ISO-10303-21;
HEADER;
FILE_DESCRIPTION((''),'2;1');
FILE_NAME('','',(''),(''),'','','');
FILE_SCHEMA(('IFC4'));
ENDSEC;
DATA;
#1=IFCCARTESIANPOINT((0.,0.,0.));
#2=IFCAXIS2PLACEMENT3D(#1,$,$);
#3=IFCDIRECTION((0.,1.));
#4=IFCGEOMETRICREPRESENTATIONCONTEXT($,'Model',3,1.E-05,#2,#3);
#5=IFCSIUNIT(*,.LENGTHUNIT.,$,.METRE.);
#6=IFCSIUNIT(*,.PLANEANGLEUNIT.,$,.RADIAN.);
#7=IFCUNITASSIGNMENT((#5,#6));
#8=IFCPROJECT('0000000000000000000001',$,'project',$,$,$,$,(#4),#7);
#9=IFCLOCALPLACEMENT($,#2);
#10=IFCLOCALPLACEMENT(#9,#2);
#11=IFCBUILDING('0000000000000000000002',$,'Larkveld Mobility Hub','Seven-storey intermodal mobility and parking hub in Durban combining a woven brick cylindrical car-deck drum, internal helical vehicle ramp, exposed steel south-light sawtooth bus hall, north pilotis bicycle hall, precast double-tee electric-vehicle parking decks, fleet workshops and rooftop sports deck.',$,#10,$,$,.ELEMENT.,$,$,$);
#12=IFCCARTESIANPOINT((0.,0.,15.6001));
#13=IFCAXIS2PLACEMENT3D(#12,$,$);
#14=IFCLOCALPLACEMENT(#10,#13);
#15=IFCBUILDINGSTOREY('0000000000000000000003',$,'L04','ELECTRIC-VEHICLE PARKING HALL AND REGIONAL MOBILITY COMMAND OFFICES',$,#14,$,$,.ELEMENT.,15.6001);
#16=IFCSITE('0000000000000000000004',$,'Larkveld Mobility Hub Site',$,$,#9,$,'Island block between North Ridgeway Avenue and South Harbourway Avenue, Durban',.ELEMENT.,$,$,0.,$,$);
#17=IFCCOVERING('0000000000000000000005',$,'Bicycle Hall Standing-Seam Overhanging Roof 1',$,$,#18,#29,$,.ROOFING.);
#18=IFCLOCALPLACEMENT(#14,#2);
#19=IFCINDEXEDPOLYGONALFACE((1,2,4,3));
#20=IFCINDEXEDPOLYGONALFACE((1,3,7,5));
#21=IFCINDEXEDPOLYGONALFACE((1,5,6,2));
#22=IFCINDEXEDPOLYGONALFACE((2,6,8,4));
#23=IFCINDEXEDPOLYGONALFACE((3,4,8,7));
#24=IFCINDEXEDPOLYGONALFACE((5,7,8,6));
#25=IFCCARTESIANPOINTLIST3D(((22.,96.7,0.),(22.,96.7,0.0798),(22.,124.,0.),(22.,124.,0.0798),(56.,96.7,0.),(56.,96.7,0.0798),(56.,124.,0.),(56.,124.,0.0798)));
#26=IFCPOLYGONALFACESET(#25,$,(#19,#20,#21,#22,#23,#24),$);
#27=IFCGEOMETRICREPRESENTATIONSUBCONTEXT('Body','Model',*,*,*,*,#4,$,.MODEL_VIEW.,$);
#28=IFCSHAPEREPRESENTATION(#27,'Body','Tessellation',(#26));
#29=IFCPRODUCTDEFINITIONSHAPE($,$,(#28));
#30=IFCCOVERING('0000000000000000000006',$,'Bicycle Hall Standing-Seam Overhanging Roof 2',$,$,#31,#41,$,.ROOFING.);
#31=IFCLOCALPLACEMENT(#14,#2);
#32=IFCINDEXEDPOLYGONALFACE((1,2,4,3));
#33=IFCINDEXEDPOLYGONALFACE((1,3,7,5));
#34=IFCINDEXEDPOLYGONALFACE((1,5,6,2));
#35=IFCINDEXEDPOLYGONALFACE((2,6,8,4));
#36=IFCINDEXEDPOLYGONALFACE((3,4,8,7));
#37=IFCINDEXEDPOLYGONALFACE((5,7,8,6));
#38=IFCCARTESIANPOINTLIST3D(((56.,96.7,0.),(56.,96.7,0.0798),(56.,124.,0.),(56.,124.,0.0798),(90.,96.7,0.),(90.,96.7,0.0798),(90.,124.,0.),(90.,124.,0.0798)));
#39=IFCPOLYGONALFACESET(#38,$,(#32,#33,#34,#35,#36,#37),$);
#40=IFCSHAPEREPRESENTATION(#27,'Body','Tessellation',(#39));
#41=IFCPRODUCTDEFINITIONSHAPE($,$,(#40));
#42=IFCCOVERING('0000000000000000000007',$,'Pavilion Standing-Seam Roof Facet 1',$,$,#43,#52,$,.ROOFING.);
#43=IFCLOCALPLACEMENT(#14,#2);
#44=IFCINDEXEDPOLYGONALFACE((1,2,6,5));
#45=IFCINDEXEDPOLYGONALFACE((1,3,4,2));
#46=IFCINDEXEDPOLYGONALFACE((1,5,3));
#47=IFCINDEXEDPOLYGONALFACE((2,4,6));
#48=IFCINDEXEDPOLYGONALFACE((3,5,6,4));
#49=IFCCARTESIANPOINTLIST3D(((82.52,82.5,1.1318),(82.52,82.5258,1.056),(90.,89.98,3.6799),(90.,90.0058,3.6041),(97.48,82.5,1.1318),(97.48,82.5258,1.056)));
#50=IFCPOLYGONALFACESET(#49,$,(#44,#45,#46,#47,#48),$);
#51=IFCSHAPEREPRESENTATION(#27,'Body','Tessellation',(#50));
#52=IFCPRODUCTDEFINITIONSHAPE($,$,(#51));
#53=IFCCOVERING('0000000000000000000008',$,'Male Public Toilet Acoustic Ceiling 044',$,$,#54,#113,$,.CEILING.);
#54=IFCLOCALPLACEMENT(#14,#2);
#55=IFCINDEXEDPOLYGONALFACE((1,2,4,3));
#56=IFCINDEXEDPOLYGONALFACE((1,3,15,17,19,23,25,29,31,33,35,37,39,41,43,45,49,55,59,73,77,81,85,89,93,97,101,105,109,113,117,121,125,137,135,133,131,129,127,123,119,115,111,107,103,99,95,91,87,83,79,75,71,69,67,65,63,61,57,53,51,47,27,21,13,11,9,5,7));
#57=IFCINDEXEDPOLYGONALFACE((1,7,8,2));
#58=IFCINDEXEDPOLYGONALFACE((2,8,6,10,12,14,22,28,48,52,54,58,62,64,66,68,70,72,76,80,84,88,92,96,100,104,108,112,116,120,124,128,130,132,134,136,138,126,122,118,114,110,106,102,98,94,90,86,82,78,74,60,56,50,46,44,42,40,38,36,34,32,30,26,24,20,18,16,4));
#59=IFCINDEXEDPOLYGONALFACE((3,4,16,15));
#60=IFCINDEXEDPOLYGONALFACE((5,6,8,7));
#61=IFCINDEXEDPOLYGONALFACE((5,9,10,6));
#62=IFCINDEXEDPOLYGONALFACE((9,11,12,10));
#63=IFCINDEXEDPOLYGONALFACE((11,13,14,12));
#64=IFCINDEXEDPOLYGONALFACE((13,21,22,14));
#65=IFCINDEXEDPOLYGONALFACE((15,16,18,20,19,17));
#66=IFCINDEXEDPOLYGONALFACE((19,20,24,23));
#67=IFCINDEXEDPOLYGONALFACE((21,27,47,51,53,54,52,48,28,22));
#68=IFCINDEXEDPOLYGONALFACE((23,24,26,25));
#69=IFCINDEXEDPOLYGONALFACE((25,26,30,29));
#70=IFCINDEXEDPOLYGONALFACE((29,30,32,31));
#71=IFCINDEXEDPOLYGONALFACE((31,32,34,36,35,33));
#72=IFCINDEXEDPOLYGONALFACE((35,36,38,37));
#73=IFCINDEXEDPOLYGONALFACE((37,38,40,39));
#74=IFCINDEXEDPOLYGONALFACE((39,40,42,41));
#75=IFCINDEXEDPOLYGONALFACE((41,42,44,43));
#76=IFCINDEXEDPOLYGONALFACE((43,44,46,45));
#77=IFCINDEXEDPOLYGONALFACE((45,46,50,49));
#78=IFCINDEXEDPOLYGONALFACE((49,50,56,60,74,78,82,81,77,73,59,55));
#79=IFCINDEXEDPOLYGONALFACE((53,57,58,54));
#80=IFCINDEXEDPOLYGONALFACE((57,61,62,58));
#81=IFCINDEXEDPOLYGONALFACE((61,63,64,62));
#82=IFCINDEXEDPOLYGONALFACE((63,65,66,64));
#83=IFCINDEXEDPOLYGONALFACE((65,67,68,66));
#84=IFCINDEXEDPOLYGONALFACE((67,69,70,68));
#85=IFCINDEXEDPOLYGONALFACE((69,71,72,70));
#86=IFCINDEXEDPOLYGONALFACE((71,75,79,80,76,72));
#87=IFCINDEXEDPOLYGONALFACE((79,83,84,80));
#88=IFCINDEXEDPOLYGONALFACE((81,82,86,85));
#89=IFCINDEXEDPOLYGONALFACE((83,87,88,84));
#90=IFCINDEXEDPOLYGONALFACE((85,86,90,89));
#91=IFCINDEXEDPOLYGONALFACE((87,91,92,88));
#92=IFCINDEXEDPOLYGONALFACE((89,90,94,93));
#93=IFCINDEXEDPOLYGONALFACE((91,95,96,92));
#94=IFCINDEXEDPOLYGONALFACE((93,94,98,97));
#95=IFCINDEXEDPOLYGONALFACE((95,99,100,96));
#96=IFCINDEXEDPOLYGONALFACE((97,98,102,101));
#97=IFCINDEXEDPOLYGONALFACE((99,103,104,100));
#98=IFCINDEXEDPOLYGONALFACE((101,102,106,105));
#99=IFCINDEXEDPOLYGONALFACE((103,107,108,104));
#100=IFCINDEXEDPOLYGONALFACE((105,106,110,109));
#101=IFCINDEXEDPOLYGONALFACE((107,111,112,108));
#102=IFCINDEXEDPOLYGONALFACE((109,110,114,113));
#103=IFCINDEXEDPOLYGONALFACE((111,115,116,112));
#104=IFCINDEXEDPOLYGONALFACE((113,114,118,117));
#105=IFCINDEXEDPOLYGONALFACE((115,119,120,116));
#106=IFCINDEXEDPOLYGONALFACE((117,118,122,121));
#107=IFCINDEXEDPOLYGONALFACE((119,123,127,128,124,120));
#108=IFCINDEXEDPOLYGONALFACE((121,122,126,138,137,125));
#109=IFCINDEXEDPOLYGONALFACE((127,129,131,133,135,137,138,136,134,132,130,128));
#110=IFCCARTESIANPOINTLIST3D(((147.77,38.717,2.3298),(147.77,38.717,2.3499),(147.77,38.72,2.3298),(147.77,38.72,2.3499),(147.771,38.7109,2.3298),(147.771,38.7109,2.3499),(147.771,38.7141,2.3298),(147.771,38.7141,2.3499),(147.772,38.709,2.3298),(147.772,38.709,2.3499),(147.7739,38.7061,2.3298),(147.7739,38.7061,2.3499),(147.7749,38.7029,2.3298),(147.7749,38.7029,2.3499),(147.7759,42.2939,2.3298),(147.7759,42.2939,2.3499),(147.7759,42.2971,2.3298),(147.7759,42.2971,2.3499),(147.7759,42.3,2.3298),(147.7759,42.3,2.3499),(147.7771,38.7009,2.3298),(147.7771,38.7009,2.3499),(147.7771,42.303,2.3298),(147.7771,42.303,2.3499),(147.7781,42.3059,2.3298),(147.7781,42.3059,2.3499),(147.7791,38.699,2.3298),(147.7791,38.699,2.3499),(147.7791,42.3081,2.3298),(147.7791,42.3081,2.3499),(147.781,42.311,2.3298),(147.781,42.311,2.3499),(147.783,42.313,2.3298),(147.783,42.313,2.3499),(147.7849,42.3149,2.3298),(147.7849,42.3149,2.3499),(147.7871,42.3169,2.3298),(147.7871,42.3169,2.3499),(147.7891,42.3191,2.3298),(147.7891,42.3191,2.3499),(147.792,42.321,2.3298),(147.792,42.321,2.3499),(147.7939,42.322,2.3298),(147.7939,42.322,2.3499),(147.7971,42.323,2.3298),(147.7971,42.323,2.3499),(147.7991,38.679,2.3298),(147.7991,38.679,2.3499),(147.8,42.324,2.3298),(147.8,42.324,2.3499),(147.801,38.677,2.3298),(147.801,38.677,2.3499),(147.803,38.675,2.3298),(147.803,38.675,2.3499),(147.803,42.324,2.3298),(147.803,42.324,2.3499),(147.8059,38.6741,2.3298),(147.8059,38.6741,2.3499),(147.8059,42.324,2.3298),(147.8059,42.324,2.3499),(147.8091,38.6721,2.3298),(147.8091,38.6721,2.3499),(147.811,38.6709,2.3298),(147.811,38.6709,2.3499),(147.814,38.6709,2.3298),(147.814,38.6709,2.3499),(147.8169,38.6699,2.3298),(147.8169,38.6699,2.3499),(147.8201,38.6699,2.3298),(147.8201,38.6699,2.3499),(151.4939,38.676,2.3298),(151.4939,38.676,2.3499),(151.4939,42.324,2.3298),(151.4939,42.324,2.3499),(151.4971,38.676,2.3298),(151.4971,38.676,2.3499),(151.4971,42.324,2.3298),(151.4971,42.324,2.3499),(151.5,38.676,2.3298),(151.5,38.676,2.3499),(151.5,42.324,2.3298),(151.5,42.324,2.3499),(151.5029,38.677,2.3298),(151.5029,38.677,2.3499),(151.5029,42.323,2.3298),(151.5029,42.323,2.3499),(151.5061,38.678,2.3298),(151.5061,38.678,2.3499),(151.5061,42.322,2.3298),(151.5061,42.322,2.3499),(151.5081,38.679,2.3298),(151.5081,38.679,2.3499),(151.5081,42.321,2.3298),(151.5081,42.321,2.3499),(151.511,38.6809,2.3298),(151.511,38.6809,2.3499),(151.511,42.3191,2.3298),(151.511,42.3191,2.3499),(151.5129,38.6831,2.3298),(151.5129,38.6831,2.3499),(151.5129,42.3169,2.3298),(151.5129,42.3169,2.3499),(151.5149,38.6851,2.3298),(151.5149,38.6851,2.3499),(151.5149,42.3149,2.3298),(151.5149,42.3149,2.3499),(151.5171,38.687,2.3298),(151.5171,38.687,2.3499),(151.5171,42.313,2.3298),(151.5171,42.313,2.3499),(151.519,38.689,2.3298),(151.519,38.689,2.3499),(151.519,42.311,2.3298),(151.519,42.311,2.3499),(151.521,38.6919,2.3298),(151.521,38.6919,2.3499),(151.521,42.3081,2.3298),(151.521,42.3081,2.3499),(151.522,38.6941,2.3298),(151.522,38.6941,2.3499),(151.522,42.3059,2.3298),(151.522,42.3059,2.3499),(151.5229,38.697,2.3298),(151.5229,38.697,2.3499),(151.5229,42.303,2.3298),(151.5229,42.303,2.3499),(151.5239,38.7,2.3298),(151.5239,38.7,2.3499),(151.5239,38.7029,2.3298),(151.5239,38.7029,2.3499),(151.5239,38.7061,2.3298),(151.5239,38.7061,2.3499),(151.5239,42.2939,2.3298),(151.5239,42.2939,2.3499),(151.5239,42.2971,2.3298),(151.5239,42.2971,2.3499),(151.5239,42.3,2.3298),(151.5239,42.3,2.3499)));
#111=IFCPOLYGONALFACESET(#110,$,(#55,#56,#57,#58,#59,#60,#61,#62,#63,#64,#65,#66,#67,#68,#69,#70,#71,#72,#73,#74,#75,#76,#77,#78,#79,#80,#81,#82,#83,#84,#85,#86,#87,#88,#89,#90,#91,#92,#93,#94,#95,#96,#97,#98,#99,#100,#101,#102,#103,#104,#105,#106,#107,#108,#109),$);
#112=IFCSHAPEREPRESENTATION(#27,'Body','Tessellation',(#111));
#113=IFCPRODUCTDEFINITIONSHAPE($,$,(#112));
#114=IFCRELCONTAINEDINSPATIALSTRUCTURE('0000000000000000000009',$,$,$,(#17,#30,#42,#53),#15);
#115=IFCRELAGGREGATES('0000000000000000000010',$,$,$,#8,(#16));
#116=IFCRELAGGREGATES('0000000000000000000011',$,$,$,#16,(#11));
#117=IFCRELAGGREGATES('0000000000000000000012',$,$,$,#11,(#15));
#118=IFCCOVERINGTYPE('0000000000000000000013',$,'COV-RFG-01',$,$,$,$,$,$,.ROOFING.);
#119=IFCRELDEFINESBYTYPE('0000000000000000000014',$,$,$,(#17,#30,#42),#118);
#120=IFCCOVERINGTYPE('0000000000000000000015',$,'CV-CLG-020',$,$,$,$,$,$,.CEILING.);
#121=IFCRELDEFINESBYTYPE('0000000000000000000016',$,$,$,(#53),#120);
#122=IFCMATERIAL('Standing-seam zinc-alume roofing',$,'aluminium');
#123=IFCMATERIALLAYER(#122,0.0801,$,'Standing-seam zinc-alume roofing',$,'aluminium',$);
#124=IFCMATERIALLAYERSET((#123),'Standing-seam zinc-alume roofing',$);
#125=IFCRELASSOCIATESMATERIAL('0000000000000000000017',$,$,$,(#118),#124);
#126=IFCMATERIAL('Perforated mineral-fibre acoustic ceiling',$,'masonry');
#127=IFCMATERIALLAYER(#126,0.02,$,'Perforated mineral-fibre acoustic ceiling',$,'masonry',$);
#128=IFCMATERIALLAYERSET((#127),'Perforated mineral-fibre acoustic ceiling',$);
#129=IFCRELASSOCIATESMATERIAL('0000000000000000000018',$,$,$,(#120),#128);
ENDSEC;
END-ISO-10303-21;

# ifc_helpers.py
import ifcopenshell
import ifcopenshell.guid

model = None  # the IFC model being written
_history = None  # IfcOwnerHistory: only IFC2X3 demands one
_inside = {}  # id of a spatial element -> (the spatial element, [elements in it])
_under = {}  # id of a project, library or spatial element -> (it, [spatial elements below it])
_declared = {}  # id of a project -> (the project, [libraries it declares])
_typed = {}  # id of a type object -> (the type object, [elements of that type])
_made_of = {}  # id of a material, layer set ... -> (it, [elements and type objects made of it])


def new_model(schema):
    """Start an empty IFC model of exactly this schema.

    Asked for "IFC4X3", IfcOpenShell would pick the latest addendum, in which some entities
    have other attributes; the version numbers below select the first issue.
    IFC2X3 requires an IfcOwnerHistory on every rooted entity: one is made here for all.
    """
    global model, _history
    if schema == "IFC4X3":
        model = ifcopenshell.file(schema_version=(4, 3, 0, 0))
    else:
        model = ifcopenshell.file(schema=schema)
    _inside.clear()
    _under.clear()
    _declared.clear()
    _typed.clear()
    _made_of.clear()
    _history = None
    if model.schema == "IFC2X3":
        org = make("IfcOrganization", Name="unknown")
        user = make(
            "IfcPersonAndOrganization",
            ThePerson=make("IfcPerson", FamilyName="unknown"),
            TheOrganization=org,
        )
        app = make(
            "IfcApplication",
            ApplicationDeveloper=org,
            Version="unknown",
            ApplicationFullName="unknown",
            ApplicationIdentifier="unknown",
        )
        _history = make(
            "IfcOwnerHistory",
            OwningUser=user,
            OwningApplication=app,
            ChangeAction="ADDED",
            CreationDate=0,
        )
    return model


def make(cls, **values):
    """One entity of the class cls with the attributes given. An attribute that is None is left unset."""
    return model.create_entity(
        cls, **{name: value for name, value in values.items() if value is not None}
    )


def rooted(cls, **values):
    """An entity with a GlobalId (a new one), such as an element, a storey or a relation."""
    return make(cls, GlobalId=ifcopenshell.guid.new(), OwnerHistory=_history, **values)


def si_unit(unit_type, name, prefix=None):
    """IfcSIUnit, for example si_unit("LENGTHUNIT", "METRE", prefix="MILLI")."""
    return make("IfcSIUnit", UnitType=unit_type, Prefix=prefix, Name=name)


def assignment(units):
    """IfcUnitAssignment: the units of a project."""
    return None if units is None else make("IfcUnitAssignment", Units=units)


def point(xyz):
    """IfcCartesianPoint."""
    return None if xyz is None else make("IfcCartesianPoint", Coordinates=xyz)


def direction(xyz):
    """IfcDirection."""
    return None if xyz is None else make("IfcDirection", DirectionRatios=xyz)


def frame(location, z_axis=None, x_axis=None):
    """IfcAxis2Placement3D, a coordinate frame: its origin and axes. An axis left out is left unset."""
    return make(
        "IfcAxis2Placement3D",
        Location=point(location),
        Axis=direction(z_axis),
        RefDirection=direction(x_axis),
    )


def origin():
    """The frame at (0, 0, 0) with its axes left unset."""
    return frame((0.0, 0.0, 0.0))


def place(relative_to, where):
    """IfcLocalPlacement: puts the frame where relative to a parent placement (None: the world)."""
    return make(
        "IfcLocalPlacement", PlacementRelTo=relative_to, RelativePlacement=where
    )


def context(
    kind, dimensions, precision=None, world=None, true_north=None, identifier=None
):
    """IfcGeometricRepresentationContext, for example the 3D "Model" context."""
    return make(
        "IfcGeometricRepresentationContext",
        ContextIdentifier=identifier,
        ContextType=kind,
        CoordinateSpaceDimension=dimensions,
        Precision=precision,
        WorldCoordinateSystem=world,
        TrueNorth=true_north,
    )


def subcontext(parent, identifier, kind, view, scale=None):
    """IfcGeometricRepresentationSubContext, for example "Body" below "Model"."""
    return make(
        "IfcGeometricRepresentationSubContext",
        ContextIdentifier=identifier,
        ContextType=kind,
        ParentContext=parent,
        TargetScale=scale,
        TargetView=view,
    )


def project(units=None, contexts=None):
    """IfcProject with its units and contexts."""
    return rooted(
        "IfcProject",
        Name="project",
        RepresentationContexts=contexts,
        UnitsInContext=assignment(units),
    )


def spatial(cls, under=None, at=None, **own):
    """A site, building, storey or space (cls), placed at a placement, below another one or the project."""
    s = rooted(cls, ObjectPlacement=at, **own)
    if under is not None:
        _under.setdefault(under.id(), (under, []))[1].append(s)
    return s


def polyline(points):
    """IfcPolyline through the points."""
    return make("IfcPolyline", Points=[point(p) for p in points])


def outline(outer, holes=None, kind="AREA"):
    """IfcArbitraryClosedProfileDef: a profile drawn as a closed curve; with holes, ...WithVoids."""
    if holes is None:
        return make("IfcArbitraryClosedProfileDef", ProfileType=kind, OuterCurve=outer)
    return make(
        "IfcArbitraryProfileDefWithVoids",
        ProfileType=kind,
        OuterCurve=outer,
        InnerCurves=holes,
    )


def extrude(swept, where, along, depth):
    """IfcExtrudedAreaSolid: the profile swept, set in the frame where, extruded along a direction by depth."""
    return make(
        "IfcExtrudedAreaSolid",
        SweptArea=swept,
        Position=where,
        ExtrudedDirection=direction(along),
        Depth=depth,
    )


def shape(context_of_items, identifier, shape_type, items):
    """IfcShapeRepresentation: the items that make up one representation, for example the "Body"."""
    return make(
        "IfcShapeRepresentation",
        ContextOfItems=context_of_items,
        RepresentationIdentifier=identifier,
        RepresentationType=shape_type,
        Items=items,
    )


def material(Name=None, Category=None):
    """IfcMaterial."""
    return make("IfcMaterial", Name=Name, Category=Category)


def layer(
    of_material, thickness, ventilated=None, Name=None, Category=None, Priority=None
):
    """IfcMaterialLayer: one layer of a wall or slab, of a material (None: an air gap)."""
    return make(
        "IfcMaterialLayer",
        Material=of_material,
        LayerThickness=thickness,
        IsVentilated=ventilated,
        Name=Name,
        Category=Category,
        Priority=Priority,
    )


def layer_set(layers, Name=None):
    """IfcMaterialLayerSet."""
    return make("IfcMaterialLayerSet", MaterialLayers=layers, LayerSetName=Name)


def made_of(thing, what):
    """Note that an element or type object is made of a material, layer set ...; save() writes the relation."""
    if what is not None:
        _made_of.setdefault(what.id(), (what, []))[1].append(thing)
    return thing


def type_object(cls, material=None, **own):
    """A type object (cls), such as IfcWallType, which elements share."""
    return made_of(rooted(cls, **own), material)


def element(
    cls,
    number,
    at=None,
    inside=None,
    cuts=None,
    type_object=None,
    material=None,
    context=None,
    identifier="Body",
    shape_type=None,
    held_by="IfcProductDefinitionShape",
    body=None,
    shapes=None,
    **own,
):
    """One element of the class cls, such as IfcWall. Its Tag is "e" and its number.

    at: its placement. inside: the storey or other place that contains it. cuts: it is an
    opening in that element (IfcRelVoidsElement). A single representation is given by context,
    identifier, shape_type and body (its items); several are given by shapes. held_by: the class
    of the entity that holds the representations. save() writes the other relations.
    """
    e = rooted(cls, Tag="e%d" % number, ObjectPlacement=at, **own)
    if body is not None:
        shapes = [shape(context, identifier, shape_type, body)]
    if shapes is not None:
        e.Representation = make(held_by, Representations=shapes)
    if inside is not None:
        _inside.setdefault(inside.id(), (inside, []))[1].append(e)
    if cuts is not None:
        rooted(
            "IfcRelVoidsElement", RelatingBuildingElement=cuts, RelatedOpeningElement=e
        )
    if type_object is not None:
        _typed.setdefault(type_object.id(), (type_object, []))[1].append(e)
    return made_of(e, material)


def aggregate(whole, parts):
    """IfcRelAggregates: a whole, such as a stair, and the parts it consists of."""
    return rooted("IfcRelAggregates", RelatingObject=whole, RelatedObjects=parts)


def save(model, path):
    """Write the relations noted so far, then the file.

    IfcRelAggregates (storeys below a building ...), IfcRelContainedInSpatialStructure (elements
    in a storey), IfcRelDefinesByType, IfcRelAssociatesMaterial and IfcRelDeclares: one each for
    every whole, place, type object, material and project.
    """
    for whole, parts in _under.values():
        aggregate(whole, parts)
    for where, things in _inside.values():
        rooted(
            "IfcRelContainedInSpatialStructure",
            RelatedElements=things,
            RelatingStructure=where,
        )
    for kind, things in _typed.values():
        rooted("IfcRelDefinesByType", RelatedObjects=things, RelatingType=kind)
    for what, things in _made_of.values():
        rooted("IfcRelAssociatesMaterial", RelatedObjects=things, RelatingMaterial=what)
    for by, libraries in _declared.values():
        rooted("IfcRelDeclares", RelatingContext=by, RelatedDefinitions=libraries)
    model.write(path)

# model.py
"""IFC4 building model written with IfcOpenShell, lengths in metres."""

from ifc_helpers import new_model, si_unit, direction, frame, origin, place, context, subcontext, project, spatial, polyline, outline, extrude, material, layer, layer_set, type_object, element, save


model = new_model("IFC4")

# Units and contexts
model_context = context("Model", 3, precision=1e-05, world=origin(), true_north=direction((0.0, 1.0)))
body_context = subcontext(model_context, "Body", "Model", "MODEL_VIEW")
ifc_project = project(units=[si_unit("LENGTHUNIT", "METRE"), si_unit("PLANEANGLEUNIT", "RADIAN")], contexts=[model_context])

# Site, building, storey
site_placement = place(None, origin())
site = spatial("IfcSite", under=ifc_project, at=site_placement, Name="Larkveld Mobility Hub Site", LongName="Island block between North Ridgeway Avenue and South Harbourway Avenue, Durban", CompositionType="ELEMENT", RefElevation=0.0)
building_placement = place(site_placement, origin())
building = spatial("IfcBuilding", under=site, at=building_placement, Name="Larkveld Mobility Hub", Description="Seven-storey intermodal mobility and parking hub in Durban combining a woven brick cylindrical car-deck drum, internal helical vehicle ramp, exposed steel south-light sawtooth bus hall, north pilotis bicycle hall, precast double-tee electric-vehicle parking decks, fleet workshops and rooftop sports deck.", CompositionType="ELEMENT")
storey_placement = place(building_placement, frame((0.0, 0.0, 15.6001)))
storey = spatial("IfcBuildingStorey", under=building, at=storey_placement, Name="L04", Description="ELECTRIC-VEHICLE PARKING HALL AND REGIONAL MOBILITY COMMAND OFFICES", CompositionType="ELEMENT", Elevation=15.6001)

# Coverings
ifc_material_1 = material(Name="Standing-seam zinc-alume roofing", Category="aluminium")
ifc_layer_1 = layer(ifc_material_1, 0.0801, Name="Standing-seam zinc-alume roofing", Category="aluminium")
ifc_layer_set_1 = layer_set([ifc_layer_1], Name="Standing-seam zinc-alume roofing")
covering_type_1 = type_object("IfcCoveringType", Name="COV-RFG-01", PredefinedType="ROOFING", material=ifc_layer_set_1)
covering_1_placement = place(storey_placement, origin())
element("IfcCovering", 1, at=covering_1_placement, inside=storey, type_object=covering_type_1, Name="Bicycle Hall Standing-Seam Overhanging Roof 1", PredefinedType="ROOFING", context=body_context, shape_type="SweptSolid", body=[
    extrude(outline(polyline([(22.0, 96.7), (56.0, 96.7), (56.0, 124.0), (22.0, 124.0), (22.0, 96.7)])), origin(), (0.0, 0.0, 1.0), 0.0798),
])
covering_2_placement = place(storey_placement, origin())
element("IfcCovering", 2, at=covering_2_placement, inside=storey, type_object=covering_type_1, Name="Bicycle Hall Standing-Seam Overhanging Roof 2", PredefinedType="ROOFING", context=body_context, shape_type="SweptSolid", body=[
    extrude(outline(polyline([(56.0, 96.7), (90.0, 96.7), (90.0, 124.0), (56.0, 124.0), (56.0, 96.7)])), origin(), (0.0, 0.0, 1.0), 0.0798),
])
covering_3_placement = place(storey_placement, frame((82.52, 82.5, 1.1318), z_axis=(0.0, -0.322459, 0.946584), x_axis=(1.0, 0.0, 0.0)))
element("IfcCovering", 3, at=covering_3_placement, inside=storey, type_object=covering_type_1, Name="Pavilion Standing-Seam Roof Facet 1", PredefinedType="ROOFING", context=body_context, shape_type="SweptSolid", body=[
    extrude(outline(polyline([(0.0, 0.0), (14.96, 0.0), (7.48, 7.9021), (0.0, 0.0)])), origin(), (0.0, 0.0, -1.0), 0.0801),
])
ifc_material_2 = material(Name="Perforated mineral-fibre acoustic ceiling", Category="masonry")
ifc_layer_2 = layer(ifc_material_2, 0.02, Name="Perforated mineral-fibre acoustic ceiling", Category="masonry")
ifc_layer_set_2 = layer_set([ifc_layer_2], Name="Perforated mineral-fibre acoustic ceiling")
covering_type_2 = type_object("IfcCoveringType", Name="CV-CLG-020", PredefinedType="CEILING", material=ifc_layer_set_2)
covering_4_placement = place(storey_placement, frame((0.0, 0.0, 2.3298)))
element("IfcCovering", 4, at=covering_4_placement, inside=storey, type_object=covering_type_2, Name="Male Public Toilet Acoustic Ceiling 044", PredefinedType="CEILING", context=body_context, shape_type="SweptSolid", body=[
    extrude(outline(polyline([(147.8201, 38.6699), (147.8169, 38.6699), (147.814, 38.6709), (147.811, 38.6709), (147.8091, 38.6721), (147.8059, 38.6741), (147.803, 38.675), (147.801, 38.677), (147.7991, 38.679), (147.7791, 38.699), (147.7771, 38.7009), (147.7749, 38.7029), (147.7739, 38.7061), (147.772, 38.709), (147.771, 38.7109), (147.771, 38.7141), (147.77, 38.717), (147.77, 38.72), (147.7759, 42.2939), (147.7759, 42.2971), (147.7759, 42.3), (147.7771, 42.303), (147.7781, 42.3059), (147.7791, 42.3081), (147.781, 42.311), (147.783, 42.313), (147.7849, 42.3149), (147.7871, 42.3169), (147.7891, 42.3191), (147.792, 42.321), (147.7939, 42.322), (147.7971, 42.323), (147.8, 42.324), (147.803, 42.324), (147.8059, 42.324), (151.4939, 42.324), (151.4971, 42.324), (151.5, 42.324), (151.5029, 42.323), (151.5061, 42.322), (151.5081, 42.321), (151.511, 42.3191), (151.5129, 42.3169), (151.5149, 42.3149), (151.5171, 42.313), (151.519, 42.311), (151.521, 42.3081), (151.522, 42.3059), (151.5229, 42.303), (151.5239, 42.3), (151.5239, 42.2971), (151.5239, 42.2939), (151.5239, 38.7061), (151.5239, 38.7029), (151.5239, 38.7), (151.5229, 38.697), (151.522, 38.6941), (151.521, 38.6919), (151.519, 38.689), (151.5171, 38.687), (151.5149, 38.6851), (151.5129, 38.6831), (151.511, 38.6809), (151.5081, 38.679), (151.5061, 38.678), (151.5029, 38.677), (151.5, 38.676), (151.4971, 38.676), (151.4939, 38.676), (147.8201, 38.6699)])), origin(), (0.0, 0.0, 1.0), 0.02),
])

save(model, "model.ifc")
